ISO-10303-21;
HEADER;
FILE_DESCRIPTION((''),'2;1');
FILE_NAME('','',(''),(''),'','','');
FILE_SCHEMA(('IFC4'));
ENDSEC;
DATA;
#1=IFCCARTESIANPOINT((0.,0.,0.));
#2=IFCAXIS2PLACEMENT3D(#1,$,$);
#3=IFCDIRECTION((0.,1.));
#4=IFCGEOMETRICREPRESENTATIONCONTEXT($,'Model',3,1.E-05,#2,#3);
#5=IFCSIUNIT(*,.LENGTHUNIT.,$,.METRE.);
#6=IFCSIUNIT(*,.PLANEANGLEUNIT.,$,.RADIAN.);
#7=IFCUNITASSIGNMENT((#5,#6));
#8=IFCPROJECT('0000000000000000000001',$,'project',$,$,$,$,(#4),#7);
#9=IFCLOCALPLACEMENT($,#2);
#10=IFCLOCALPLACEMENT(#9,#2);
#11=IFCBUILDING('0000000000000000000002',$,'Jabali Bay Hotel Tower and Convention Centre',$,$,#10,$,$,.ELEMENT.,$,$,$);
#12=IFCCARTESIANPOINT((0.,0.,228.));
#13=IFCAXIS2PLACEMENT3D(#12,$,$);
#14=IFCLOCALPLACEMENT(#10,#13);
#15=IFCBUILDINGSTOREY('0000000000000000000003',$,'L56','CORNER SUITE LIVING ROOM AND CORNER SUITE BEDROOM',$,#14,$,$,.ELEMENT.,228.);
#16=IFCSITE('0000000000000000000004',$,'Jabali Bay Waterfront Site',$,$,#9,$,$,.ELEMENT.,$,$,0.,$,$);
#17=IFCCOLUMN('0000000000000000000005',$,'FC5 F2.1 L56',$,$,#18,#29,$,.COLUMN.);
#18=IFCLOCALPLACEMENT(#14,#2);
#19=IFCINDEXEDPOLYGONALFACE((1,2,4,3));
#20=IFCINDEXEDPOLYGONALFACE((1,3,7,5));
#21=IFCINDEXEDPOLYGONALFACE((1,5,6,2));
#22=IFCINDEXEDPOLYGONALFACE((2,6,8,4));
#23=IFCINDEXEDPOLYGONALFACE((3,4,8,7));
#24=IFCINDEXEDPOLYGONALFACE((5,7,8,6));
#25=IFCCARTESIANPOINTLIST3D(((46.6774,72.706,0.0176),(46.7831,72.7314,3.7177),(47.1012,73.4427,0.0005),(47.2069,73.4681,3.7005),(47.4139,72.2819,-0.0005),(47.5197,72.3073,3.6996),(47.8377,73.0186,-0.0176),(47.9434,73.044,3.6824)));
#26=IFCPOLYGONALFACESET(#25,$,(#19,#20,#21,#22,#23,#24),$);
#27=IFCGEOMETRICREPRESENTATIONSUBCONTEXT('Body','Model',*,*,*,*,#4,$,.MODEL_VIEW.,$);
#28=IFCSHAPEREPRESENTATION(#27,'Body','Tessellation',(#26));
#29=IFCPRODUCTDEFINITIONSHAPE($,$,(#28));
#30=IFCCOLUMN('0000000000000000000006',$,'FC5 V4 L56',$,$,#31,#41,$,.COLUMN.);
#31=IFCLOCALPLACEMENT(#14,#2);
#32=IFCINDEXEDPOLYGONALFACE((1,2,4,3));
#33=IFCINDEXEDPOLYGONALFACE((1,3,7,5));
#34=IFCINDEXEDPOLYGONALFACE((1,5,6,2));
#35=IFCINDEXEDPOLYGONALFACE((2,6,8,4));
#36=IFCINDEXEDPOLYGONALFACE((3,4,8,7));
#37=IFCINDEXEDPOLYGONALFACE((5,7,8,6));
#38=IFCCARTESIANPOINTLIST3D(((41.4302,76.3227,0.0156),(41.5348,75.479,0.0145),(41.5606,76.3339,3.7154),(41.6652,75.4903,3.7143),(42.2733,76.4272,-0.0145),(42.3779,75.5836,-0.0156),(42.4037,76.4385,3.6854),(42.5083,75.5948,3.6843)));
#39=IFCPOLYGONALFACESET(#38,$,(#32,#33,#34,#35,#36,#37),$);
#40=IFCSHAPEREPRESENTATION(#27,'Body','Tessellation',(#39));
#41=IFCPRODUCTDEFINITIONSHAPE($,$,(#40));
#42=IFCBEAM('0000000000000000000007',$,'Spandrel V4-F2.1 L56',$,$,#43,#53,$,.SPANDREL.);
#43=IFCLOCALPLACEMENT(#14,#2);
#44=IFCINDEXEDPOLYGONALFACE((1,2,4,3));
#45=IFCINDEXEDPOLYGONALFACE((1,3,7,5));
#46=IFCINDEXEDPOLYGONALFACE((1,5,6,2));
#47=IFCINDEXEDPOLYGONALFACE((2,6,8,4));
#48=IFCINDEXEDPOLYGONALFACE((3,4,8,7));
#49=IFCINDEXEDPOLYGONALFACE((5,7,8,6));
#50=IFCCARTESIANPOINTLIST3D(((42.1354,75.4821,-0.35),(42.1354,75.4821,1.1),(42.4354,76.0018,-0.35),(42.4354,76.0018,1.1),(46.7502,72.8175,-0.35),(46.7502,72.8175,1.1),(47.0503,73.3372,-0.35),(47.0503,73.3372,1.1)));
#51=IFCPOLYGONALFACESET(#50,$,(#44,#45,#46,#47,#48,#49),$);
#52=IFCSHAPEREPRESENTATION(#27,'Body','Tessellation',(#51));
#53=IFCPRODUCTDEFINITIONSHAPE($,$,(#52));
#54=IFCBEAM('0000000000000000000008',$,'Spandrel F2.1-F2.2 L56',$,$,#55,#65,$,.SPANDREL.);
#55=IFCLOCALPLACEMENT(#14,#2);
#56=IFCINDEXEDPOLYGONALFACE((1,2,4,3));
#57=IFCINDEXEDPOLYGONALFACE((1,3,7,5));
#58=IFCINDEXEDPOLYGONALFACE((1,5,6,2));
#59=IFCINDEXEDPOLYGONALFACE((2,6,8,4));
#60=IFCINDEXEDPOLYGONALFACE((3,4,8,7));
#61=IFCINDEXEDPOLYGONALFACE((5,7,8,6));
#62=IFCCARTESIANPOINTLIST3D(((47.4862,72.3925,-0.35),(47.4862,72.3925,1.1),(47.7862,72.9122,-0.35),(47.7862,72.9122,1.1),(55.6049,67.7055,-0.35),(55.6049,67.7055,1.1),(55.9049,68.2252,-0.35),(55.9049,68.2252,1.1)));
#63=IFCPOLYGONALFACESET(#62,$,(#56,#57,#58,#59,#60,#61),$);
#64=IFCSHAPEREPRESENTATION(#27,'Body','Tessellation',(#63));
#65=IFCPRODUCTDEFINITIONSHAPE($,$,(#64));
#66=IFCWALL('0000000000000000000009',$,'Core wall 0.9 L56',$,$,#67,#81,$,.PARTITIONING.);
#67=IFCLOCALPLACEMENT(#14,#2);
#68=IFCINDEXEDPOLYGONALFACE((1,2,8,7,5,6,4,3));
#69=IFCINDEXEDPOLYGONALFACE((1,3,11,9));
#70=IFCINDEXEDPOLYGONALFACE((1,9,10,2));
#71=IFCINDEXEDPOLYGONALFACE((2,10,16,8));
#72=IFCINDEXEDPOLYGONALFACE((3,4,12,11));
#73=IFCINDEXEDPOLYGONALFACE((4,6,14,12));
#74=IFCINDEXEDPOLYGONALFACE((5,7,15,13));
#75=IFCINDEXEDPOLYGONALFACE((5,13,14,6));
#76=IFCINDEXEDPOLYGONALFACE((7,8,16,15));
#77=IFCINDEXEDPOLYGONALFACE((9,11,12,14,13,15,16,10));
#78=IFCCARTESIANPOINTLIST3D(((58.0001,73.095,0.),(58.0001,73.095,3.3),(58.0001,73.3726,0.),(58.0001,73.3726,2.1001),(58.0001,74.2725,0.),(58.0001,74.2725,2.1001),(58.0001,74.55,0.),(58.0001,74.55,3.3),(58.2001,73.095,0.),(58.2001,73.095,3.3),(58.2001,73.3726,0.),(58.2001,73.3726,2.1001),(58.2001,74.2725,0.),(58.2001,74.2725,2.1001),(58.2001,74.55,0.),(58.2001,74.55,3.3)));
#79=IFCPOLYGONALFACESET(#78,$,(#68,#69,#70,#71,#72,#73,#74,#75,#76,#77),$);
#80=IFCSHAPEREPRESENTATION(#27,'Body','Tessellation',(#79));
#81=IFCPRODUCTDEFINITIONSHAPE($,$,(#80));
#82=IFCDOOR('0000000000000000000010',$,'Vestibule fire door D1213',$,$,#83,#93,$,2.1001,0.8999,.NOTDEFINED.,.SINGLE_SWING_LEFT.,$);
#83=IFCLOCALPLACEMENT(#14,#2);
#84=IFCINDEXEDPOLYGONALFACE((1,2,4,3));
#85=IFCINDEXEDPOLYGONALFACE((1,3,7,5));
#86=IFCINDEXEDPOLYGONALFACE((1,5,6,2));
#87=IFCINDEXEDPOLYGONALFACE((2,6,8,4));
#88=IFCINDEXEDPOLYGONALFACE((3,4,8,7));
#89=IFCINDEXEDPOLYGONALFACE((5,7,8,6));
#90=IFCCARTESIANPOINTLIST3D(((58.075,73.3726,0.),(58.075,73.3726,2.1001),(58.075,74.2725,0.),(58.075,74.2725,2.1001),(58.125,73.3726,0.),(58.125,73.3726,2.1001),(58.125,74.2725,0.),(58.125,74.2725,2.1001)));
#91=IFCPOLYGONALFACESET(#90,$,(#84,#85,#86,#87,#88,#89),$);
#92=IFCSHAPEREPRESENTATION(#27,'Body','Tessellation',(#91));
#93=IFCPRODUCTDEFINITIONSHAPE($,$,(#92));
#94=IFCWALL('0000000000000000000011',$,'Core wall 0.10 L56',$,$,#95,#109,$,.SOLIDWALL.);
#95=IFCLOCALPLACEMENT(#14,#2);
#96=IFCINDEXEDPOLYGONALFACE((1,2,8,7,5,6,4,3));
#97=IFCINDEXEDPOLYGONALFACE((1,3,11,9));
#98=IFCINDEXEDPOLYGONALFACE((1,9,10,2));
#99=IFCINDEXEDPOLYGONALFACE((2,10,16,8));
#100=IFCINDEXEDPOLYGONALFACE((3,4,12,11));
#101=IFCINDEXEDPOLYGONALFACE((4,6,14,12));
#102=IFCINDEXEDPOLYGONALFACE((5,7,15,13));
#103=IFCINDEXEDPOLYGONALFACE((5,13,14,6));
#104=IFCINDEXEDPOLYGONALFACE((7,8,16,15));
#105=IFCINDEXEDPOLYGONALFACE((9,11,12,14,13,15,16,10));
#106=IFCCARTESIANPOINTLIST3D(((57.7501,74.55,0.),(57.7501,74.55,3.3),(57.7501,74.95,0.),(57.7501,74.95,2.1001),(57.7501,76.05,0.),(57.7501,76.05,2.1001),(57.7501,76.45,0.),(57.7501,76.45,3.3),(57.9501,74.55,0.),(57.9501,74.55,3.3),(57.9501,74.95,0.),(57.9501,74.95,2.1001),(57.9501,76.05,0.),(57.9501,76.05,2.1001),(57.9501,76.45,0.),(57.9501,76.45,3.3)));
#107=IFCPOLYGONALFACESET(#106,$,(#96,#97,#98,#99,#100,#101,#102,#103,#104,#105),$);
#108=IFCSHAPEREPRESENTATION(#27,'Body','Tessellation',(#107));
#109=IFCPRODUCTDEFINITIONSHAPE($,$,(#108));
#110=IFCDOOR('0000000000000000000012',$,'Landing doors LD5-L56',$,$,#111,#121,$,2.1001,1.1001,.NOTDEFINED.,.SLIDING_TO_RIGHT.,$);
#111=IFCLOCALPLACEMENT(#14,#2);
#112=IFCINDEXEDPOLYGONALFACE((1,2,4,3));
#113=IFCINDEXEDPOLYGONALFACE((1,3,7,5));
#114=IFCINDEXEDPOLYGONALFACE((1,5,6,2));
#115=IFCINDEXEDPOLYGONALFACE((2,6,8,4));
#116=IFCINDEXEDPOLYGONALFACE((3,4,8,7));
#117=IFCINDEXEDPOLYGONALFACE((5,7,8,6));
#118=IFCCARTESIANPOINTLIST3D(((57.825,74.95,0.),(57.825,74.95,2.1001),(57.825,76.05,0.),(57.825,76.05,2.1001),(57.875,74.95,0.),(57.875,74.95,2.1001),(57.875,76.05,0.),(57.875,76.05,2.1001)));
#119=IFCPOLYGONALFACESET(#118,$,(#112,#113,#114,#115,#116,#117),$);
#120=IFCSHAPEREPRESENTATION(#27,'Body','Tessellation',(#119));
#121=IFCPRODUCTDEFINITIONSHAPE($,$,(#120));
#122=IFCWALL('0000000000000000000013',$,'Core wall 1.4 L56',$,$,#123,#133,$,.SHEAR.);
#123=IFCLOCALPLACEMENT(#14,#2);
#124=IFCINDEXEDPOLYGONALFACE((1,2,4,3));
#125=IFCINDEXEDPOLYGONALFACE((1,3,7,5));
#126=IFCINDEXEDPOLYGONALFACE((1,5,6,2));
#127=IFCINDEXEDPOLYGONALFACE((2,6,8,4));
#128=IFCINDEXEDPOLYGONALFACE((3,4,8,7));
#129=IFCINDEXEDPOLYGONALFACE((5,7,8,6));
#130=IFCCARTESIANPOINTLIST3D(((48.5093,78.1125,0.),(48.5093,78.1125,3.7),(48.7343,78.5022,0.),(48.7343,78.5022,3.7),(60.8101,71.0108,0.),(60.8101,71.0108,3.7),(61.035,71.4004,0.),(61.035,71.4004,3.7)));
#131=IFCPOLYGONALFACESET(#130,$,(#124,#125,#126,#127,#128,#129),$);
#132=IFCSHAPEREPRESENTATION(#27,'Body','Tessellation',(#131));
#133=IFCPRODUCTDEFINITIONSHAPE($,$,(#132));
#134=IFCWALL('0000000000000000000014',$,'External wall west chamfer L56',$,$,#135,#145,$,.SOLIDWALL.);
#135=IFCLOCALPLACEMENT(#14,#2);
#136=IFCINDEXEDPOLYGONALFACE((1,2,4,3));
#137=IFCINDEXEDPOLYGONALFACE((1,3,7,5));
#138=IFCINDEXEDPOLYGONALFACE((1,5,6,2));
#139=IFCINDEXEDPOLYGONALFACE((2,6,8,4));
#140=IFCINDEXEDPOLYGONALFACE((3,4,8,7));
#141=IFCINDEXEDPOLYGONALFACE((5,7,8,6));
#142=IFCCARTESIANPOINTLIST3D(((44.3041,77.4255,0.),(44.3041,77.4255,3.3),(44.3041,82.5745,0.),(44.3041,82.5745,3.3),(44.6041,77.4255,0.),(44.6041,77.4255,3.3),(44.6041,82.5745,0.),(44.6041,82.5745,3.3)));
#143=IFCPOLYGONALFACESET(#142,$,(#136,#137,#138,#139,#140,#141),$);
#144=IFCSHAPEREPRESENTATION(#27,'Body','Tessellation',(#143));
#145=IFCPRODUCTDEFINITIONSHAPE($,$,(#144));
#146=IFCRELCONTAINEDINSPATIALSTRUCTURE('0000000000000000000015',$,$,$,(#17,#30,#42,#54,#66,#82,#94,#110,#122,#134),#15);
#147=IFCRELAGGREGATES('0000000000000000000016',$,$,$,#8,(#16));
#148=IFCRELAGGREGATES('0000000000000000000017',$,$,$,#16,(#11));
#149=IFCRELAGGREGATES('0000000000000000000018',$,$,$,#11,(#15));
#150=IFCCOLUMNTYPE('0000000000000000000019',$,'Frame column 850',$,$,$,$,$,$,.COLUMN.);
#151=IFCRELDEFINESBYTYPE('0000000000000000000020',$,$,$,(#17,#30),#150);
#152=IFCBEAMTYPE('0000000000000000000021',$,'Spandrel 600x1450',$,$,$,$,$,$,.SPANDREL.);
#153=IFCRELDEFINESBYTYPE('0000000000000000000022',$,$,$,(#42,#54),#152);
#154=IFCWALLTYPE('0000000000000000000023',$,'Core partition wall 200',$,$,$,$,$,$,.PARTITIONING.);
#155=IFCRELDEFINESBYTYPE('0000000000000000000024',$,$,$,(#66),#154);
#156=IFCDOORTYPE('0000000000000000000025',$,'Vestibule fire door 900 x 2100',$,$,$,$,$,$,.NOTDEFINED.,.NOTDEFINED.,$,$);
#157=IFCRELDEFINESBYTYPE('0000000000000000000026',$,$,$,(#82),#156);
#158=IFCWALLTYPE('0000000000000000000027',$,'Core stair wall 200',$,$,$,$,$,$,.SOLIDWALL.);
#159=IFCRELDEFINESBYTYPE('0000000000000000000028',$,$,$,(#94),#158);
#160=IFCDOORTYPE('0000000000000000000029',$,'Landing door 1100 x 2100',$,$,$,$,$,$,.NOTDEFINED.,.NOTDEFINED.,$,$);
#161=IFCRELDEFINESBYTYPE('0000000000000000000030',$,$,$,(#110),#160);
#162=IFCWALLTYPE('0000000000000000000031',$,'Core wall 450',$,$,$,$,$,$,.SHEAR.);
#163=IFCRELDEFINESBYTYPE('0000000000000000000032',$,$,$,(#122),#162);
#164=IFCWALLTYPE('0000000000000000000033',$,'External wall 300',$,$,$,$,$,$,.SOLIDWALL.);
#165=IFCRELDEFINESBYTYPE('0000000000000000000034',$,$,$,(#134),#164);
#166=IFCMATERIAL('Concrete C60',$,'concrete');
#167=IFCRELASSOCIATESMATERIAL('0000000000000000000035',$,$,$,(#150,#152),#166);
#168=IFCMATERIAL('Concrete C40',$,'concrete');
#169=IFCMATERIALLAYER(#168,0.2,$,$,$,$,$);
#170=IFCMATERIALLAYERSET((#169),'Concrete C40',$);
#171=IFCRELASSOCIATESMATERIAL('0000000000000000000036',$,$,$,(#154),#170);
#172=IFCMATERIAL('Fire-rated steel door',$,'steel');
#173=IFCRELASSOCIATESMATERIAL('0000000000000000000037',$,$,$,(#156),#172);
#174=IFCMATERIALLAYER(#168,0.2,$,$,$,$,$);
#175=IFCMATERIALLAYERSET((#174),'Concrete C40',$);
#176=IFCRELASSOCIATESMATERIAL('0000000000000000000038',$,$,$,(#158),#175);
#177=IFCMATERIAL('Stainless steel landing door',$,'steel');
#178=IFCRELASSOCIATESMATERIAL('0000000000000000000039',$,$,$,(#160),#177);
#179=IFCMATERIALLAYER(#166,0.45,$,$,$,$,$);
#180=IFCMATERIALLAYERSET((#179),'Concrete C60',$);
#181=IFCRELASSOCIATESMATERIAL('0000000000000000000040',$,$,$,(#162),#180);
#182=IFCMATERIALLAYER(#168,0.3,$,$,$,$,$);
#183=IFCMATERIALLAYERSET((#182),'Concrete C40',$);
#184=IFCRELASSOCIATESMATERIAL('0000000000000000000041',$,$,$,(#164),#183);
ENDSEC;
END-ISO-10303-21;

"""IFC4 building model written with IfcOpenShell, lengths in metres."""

from ifc_helpers import new_model, si_unit, direction, frame, frame_2d, origin, origin_2d, place, context, subcontext, project, spatial, rectangle, extrude, material, layer, layer_set, material_profile, profile_set, type_object, element, fill, save


model = new_model("IFC4")

# Units and contexts
model_context = context("Model", 3, precision=1e-05, world=origin(), true_north=direction((0.0, 1.0)))
body_context = subcontext(model_context, "Body", "Model", "MODEL_VIEW")
ifc_project = project(units=[si_unit("LENGTHUNIT", "METRE"), si_unit("PLANEANGLEUNIT", "RADIAN")], contexts=[model_context])

# Site, building, storey
site_placement = place(None, origin())
site = spatial("IfcSite", under=ifc_project, at=site_placement, Name="Jabali Bay Waterfront Site", CompositionType="ELEMENT", RefElevation=0.0)
building_placement = place(site_placement, origin())
building = spatial("IfcBuilding", under=site, at=building_placement, Name="Jabali Bay Hotel Tower and Convention Centre", CompositionType="ELEMENT")
storey_placement = place(building_placement, frame((0.0, 0.0, 228.0)))
storey = spatial("IfcBuildingStorey", under=building, at=storey_placement, Name="L56", Description="CORNER SUITE LIVING ROOM AND CORNER SUITE BEDROOM", CompositionType="ELEMENT", Elevation=228.0)

# Columns
ifc_material_1 = material(Name="Concrete C60", Category="concrete")
ifc_material_profile_1 = material_profile(ifc_material_1, rectangle(XDim=0.8501, YDim=0.8501, at=origin_2d()), Name="Frame column 850")
ifc_profile_set_1 = profile_set([ifc_material_profile_1], Name="Concrete C60")
column_type = type_object("IfcColumnType", Name="Frame column 850", PredefinedType="COLUMN", material=ifc_profile_set_1)
column_1_placement = place(storey_placement, frame((47.2576, 72.8623, 0.0), z_axis=(0.028559, 0.006859, 0.999569), x_axis=(-0.86641, 0.498877, 0.021331)))
element("IfcColumn", 1, at=column_1_placement, inside=storey, type_object=column_type, Name="FC5 F2.1 L56", PredefinedType="COLUMN", context=body_context, shape_type="SweptSolid", body=[
    extrude(rectangle(XDim=0.8501, YDim=0.8501, at=origin_2d()), origin(), (0.0, 0.0, 1.0), 3.7017),
])
column_2_placement = place(storey_placement, frame((41.9041, 75.9531, 0.0), z_axis=(0.035214, 0.003033, 0.999375), x_axis=(-0.123037, 0.992401, 0.001323)))
element("IfcColumn", 2, at=column_2_placement, inside=storey, type_object=column_type, Name="FC5 V4 L56", PredefinedType="COLUMN", context=body_context, shape_type="SweptSolid", body=[
    extrude(rectangle(XDim=0.8501, YDim=0.8501, at=origin_2d()), origin(), (0.0, 0.0, 1.0), 3.7021),
])

# Beams
ifc_material_profile_2 = material_profile(ifc_material_1, rectangle(XDim=0.6001, YDim=1.45, at=origin_2d()), Name="Spandrel 600x1450")
ifc_profile_set_2 = profile_set([ifc_material_profile_2], Name="Concrete C60")
beam_type = type_object("IfcBeamType", Name="Spandrel 600x1450", PredefinedType="SPANDREL", material=ifc_profile_set_2)
beam_1_placement = place(storey_placement, frame((42.2854, 75.7419, 0.375), z_axis=(0.866007, -0.500032, 0.0), x_axis=(0.500032, 0.866007, 0.0)))
element("IfcBeam", 3, at=beam_1_placement, inside=storey, type_object=beam_type, Name="Spandrel V4-F2.1 L56", PredefinedType="SPANDREL", context=body_context, shape_type="SweptSolid", body=[
    extrude(rectangle(XDim=0.6001, YDim=1.45, at=origin_2d()), origin(), (0.0, 0.0, 1.0), 5.3289),
])
beam_2_placement = place(storey_placement, frame((47.6362, 72.6523, 0.375), z_axis=(0.866039, -0.499976, 0.0), x_axis=(0.499976, 0.866039, 0.0)))
element("IfcBeam", 4, at=beam_2_placement, inside=storey, type_object=beam_type, Name="Spandrel F2.1-F2.2 L56", PredefinedType="SPANDREL", context=body_context, shape_type="SweptSolid", body=[
    extrude(rectangle(XDim=0.6001, YDim=1.45, at=origin_2d()), origin(), (0.0, 0.0, 1.0), 9.3745),
])

# Walls, openings, doors
ifc_material_2 = material(Name="Concrete C40", Category="concrete")
ifc_layer_1 = layer(ifc_material_2, 0.2)
ifc_layer_set_1 = layer_set([ifc_layer_1], Name="Concrete C40")
wall_type_1 = type_object("IfcWallType", Name="Core partition wall 200", PredefinedType="PARTITIONING", material=ifc_layer_set_1)
wall_1_placement = place(storey_placement, frame((58.1001, 74.55, 0.0), z_axis=(0.0, 0.0, 1.0), x_axis=(0.0, -1.0, 0.0)))
wall_1 = element("IfcWall", 5, at=wall_1_placement, inside=storey, type_object=wall_type_1, Name="Core wall 0.9 L56", PredefinedType="PARTITIONING", context=body_context, shape_type="SweptSolid", body=[
    extrude(rectangle(XDim=1.4551, YDim=0.2, at=frame_2d((0.7275, 0.0))), origin(), (0.0, 0.0, 1.0), 3.3),
])
opening_1_placement = place(wall_1_placement, frame((0.2776, 0.0, 0.0)))
opening_1 = element("IfcOpeningElement", 6, at=opening_1_placement, cuts=wall_1, PredefinedType="OPENING", context=body_context, shape_type="SweptSolid", body=[
    extrude(rectangle(XDim=0.8999, YDim=2.1001, at=frame_2d((0.45, 1.05))), frame((0.0, 0.1104, 0.0), z_axis=(0.0, -1.0, 0.0), x_axis=(1.0, 0.0, 0.0)), (0.0, 0.0, 1.0), 0.2209),
])
ifc_material_3 = material(Name="Fire-rated steel door", Category="steel")
door_type_1 = type_object("IfcDoorType", Name="Vestibule fire door 900 x 2100", OperationType="NOTDEFINED", PredefinedType="NOTDEFINED", material=ifc_material_3)
door_1_placement = place(opening_1_placement, origin())
door_1 = element("IfcDoor", 7, at=door_1_placement, inside=storey, type_object=door_type_1, Name="Vestibule fire door D1213", OperationType="SINGLE_SWING_LEFT", OverallHeight=2.1001, OverallWidth=0.8999, PredefinedType="NOTDEFINED", context=body_context, shape_type="SweptSolid", body=[
    extrude(rectangle(XDim=0.8999, YDim=2.1001, at=frame_2d((0.45, 1.05))), frame((0.0, 0.0249, 0.0), z_axis=(0.0, -1.0, 0.0), x_axis=(1.0, 0.0, 0.0)), (0.0, 0.0, 1.0), 0.05),
])
fill(opening_1, door_1)
ifc_layer_2 = layer(ifc_material_2, 0.2)
ifc_layer_set_2 = layer_set([ifc_layer_2], Name="Concrete C40")
wall_type_2 = type_object("IfcWallType", Name="Core stair wall 200", PredefinedType="SOLIDWALL", material=ifc_layer_set_2)
wall_2_placement = place(storey_placement, frame((57.8501, 76.45, 0.0), z_axis=(0.0, 0.0, 1.0), x_axis=(0.0, -1.0, 0.0)))
wall_2 = element("IfcWall", 8, at=wall_2_placement, inside=storey, type_object=wall_type_2, Name="Core wall 0.10 L56", PredefinedType="SOLIDWALL", context=body_context, shape_type="SweptSolid", body=[
    extrude(rectangle(XDim=1.8999, YDim=0.2, at=frame_2d((0.95, 0.0))), origin(), (0.0, 0.0, 1.0), 3.3),
])
opening_2_placement = place(wall_2_placement, frame((0.3999, 0.0, 0.0)))
opening_2 = element("IfcOpeningElement", 9, at=opening_2_placement, cuts=wall_2, PredefinedType="OPENING", context=body_context, shape_type="SweptSolid", body=[
    extrude(rectangle(XDim=1.1001, YDim=2.1001, at=frame_2d((0.55, 1.05))), frame((0.0, 0.1104, 0.0), z_axis=(0.0, -1.0, 0.0), x_axis=(1.0, 0.0, 0.0)), (0.0, 0.0, 1.0), 0.2209),
])
ifc_material_4 = material(Name="Stainless steel landing door", Category="steel")
door_type_2 = type_object("IfcDoorType", Name="Landing door 1100 x 2100", OperationType="NOTDEFINED", PredefinedType="NOTDEFINED", material=ifc_material_4)
door_2_placement = place(opening_2_placement, origin())
door_2 = element("IfcDoor", 10, at=door_2_placement, inside=storey, type_object=door_type_2, Name="Landing doors LD5-L56", OperationType="SLIDING_TO_RIGHT", OverallHeight=2.1001, OverallWidth=1.1001, PredefinedType="NOTDEFINED", context=body_context, shape_type="SweptSolid", body=[
    extrude(rectangle(XDim=1.1001, YDim=2.1001, at=frame_2d((0.55, 1.05))), frame((0.0, 0.0249, 0.0), z_axis=(0.0, -1.0, 0.0), x_axis=(1.0, 0.0, 0.0)), (0.0, 0.0, 1.0), 0.05),
])
fill(opening_2, door_2)

# Walls
ifc_layer_3 = layer(ifc_material_1, 0.45)
ifc_layer_set_3 = layer_set([ifc_layer_3], Name="Concrete C60")
wall_type_3 = type_object("IfcWallType", Name="Core wall 450", PredefinedType="SHEAR", material=ifc_layer_set_3)
wall_3_placement = place(storey_placement, frame((48.6218, 78.3074, 0.0), z_axis=(0.0, 0.0, 1.0), x_axis=(0.866027, -0.499997, 0.0)))
element("IfcWall", 11, at=wall_3_placement, inside=storey, type_object=wall_type_3, Name="Core wall 1.4 L56", PredefinedType="SHEAR", context=body_context, shape_type="SweptSolid", body=[
    extrude(rectangle(XDim=14.2036, YDim=0.45, at=frame_2d((7.1018, 0.0))), origin(), (0.0, 0.0, 1.0), 3.7),
])
ifc_layer_4 = layer(ifc_material_2, 0.3)
ifc_layer_set_4 = layer_set([ifc_layer_4], Name="Concrete C40")
wall_type_4 = type_object("IfcWallType", Name="External wall 300", PredefinedType="SOLIDWALL", material=ifc_layer_set_4)
wall_4_placement = place(storey_placement, frame((44.4541, 77.4255, 0.0), z_axis=(0.0, 0.0, 1.0), x_axis=(0.0, 1.0, 0.0)))
element("IfcWall", 12, at=wall_4_placement, inside=storey, type_object=wall_type_4, Name="External wall west chamfer L56", PredefinedType="SOLIDWALL", context=body_context, shape_type="SweptSolid", body=[
    extrude(rectangle(XDim=5.1489, YDim=0.3, at=frame_2d((2.5745, 0.0))), origin(), (0.0, 0.0, 1.0), 3.3),
])

save(model, "model.ifc")
